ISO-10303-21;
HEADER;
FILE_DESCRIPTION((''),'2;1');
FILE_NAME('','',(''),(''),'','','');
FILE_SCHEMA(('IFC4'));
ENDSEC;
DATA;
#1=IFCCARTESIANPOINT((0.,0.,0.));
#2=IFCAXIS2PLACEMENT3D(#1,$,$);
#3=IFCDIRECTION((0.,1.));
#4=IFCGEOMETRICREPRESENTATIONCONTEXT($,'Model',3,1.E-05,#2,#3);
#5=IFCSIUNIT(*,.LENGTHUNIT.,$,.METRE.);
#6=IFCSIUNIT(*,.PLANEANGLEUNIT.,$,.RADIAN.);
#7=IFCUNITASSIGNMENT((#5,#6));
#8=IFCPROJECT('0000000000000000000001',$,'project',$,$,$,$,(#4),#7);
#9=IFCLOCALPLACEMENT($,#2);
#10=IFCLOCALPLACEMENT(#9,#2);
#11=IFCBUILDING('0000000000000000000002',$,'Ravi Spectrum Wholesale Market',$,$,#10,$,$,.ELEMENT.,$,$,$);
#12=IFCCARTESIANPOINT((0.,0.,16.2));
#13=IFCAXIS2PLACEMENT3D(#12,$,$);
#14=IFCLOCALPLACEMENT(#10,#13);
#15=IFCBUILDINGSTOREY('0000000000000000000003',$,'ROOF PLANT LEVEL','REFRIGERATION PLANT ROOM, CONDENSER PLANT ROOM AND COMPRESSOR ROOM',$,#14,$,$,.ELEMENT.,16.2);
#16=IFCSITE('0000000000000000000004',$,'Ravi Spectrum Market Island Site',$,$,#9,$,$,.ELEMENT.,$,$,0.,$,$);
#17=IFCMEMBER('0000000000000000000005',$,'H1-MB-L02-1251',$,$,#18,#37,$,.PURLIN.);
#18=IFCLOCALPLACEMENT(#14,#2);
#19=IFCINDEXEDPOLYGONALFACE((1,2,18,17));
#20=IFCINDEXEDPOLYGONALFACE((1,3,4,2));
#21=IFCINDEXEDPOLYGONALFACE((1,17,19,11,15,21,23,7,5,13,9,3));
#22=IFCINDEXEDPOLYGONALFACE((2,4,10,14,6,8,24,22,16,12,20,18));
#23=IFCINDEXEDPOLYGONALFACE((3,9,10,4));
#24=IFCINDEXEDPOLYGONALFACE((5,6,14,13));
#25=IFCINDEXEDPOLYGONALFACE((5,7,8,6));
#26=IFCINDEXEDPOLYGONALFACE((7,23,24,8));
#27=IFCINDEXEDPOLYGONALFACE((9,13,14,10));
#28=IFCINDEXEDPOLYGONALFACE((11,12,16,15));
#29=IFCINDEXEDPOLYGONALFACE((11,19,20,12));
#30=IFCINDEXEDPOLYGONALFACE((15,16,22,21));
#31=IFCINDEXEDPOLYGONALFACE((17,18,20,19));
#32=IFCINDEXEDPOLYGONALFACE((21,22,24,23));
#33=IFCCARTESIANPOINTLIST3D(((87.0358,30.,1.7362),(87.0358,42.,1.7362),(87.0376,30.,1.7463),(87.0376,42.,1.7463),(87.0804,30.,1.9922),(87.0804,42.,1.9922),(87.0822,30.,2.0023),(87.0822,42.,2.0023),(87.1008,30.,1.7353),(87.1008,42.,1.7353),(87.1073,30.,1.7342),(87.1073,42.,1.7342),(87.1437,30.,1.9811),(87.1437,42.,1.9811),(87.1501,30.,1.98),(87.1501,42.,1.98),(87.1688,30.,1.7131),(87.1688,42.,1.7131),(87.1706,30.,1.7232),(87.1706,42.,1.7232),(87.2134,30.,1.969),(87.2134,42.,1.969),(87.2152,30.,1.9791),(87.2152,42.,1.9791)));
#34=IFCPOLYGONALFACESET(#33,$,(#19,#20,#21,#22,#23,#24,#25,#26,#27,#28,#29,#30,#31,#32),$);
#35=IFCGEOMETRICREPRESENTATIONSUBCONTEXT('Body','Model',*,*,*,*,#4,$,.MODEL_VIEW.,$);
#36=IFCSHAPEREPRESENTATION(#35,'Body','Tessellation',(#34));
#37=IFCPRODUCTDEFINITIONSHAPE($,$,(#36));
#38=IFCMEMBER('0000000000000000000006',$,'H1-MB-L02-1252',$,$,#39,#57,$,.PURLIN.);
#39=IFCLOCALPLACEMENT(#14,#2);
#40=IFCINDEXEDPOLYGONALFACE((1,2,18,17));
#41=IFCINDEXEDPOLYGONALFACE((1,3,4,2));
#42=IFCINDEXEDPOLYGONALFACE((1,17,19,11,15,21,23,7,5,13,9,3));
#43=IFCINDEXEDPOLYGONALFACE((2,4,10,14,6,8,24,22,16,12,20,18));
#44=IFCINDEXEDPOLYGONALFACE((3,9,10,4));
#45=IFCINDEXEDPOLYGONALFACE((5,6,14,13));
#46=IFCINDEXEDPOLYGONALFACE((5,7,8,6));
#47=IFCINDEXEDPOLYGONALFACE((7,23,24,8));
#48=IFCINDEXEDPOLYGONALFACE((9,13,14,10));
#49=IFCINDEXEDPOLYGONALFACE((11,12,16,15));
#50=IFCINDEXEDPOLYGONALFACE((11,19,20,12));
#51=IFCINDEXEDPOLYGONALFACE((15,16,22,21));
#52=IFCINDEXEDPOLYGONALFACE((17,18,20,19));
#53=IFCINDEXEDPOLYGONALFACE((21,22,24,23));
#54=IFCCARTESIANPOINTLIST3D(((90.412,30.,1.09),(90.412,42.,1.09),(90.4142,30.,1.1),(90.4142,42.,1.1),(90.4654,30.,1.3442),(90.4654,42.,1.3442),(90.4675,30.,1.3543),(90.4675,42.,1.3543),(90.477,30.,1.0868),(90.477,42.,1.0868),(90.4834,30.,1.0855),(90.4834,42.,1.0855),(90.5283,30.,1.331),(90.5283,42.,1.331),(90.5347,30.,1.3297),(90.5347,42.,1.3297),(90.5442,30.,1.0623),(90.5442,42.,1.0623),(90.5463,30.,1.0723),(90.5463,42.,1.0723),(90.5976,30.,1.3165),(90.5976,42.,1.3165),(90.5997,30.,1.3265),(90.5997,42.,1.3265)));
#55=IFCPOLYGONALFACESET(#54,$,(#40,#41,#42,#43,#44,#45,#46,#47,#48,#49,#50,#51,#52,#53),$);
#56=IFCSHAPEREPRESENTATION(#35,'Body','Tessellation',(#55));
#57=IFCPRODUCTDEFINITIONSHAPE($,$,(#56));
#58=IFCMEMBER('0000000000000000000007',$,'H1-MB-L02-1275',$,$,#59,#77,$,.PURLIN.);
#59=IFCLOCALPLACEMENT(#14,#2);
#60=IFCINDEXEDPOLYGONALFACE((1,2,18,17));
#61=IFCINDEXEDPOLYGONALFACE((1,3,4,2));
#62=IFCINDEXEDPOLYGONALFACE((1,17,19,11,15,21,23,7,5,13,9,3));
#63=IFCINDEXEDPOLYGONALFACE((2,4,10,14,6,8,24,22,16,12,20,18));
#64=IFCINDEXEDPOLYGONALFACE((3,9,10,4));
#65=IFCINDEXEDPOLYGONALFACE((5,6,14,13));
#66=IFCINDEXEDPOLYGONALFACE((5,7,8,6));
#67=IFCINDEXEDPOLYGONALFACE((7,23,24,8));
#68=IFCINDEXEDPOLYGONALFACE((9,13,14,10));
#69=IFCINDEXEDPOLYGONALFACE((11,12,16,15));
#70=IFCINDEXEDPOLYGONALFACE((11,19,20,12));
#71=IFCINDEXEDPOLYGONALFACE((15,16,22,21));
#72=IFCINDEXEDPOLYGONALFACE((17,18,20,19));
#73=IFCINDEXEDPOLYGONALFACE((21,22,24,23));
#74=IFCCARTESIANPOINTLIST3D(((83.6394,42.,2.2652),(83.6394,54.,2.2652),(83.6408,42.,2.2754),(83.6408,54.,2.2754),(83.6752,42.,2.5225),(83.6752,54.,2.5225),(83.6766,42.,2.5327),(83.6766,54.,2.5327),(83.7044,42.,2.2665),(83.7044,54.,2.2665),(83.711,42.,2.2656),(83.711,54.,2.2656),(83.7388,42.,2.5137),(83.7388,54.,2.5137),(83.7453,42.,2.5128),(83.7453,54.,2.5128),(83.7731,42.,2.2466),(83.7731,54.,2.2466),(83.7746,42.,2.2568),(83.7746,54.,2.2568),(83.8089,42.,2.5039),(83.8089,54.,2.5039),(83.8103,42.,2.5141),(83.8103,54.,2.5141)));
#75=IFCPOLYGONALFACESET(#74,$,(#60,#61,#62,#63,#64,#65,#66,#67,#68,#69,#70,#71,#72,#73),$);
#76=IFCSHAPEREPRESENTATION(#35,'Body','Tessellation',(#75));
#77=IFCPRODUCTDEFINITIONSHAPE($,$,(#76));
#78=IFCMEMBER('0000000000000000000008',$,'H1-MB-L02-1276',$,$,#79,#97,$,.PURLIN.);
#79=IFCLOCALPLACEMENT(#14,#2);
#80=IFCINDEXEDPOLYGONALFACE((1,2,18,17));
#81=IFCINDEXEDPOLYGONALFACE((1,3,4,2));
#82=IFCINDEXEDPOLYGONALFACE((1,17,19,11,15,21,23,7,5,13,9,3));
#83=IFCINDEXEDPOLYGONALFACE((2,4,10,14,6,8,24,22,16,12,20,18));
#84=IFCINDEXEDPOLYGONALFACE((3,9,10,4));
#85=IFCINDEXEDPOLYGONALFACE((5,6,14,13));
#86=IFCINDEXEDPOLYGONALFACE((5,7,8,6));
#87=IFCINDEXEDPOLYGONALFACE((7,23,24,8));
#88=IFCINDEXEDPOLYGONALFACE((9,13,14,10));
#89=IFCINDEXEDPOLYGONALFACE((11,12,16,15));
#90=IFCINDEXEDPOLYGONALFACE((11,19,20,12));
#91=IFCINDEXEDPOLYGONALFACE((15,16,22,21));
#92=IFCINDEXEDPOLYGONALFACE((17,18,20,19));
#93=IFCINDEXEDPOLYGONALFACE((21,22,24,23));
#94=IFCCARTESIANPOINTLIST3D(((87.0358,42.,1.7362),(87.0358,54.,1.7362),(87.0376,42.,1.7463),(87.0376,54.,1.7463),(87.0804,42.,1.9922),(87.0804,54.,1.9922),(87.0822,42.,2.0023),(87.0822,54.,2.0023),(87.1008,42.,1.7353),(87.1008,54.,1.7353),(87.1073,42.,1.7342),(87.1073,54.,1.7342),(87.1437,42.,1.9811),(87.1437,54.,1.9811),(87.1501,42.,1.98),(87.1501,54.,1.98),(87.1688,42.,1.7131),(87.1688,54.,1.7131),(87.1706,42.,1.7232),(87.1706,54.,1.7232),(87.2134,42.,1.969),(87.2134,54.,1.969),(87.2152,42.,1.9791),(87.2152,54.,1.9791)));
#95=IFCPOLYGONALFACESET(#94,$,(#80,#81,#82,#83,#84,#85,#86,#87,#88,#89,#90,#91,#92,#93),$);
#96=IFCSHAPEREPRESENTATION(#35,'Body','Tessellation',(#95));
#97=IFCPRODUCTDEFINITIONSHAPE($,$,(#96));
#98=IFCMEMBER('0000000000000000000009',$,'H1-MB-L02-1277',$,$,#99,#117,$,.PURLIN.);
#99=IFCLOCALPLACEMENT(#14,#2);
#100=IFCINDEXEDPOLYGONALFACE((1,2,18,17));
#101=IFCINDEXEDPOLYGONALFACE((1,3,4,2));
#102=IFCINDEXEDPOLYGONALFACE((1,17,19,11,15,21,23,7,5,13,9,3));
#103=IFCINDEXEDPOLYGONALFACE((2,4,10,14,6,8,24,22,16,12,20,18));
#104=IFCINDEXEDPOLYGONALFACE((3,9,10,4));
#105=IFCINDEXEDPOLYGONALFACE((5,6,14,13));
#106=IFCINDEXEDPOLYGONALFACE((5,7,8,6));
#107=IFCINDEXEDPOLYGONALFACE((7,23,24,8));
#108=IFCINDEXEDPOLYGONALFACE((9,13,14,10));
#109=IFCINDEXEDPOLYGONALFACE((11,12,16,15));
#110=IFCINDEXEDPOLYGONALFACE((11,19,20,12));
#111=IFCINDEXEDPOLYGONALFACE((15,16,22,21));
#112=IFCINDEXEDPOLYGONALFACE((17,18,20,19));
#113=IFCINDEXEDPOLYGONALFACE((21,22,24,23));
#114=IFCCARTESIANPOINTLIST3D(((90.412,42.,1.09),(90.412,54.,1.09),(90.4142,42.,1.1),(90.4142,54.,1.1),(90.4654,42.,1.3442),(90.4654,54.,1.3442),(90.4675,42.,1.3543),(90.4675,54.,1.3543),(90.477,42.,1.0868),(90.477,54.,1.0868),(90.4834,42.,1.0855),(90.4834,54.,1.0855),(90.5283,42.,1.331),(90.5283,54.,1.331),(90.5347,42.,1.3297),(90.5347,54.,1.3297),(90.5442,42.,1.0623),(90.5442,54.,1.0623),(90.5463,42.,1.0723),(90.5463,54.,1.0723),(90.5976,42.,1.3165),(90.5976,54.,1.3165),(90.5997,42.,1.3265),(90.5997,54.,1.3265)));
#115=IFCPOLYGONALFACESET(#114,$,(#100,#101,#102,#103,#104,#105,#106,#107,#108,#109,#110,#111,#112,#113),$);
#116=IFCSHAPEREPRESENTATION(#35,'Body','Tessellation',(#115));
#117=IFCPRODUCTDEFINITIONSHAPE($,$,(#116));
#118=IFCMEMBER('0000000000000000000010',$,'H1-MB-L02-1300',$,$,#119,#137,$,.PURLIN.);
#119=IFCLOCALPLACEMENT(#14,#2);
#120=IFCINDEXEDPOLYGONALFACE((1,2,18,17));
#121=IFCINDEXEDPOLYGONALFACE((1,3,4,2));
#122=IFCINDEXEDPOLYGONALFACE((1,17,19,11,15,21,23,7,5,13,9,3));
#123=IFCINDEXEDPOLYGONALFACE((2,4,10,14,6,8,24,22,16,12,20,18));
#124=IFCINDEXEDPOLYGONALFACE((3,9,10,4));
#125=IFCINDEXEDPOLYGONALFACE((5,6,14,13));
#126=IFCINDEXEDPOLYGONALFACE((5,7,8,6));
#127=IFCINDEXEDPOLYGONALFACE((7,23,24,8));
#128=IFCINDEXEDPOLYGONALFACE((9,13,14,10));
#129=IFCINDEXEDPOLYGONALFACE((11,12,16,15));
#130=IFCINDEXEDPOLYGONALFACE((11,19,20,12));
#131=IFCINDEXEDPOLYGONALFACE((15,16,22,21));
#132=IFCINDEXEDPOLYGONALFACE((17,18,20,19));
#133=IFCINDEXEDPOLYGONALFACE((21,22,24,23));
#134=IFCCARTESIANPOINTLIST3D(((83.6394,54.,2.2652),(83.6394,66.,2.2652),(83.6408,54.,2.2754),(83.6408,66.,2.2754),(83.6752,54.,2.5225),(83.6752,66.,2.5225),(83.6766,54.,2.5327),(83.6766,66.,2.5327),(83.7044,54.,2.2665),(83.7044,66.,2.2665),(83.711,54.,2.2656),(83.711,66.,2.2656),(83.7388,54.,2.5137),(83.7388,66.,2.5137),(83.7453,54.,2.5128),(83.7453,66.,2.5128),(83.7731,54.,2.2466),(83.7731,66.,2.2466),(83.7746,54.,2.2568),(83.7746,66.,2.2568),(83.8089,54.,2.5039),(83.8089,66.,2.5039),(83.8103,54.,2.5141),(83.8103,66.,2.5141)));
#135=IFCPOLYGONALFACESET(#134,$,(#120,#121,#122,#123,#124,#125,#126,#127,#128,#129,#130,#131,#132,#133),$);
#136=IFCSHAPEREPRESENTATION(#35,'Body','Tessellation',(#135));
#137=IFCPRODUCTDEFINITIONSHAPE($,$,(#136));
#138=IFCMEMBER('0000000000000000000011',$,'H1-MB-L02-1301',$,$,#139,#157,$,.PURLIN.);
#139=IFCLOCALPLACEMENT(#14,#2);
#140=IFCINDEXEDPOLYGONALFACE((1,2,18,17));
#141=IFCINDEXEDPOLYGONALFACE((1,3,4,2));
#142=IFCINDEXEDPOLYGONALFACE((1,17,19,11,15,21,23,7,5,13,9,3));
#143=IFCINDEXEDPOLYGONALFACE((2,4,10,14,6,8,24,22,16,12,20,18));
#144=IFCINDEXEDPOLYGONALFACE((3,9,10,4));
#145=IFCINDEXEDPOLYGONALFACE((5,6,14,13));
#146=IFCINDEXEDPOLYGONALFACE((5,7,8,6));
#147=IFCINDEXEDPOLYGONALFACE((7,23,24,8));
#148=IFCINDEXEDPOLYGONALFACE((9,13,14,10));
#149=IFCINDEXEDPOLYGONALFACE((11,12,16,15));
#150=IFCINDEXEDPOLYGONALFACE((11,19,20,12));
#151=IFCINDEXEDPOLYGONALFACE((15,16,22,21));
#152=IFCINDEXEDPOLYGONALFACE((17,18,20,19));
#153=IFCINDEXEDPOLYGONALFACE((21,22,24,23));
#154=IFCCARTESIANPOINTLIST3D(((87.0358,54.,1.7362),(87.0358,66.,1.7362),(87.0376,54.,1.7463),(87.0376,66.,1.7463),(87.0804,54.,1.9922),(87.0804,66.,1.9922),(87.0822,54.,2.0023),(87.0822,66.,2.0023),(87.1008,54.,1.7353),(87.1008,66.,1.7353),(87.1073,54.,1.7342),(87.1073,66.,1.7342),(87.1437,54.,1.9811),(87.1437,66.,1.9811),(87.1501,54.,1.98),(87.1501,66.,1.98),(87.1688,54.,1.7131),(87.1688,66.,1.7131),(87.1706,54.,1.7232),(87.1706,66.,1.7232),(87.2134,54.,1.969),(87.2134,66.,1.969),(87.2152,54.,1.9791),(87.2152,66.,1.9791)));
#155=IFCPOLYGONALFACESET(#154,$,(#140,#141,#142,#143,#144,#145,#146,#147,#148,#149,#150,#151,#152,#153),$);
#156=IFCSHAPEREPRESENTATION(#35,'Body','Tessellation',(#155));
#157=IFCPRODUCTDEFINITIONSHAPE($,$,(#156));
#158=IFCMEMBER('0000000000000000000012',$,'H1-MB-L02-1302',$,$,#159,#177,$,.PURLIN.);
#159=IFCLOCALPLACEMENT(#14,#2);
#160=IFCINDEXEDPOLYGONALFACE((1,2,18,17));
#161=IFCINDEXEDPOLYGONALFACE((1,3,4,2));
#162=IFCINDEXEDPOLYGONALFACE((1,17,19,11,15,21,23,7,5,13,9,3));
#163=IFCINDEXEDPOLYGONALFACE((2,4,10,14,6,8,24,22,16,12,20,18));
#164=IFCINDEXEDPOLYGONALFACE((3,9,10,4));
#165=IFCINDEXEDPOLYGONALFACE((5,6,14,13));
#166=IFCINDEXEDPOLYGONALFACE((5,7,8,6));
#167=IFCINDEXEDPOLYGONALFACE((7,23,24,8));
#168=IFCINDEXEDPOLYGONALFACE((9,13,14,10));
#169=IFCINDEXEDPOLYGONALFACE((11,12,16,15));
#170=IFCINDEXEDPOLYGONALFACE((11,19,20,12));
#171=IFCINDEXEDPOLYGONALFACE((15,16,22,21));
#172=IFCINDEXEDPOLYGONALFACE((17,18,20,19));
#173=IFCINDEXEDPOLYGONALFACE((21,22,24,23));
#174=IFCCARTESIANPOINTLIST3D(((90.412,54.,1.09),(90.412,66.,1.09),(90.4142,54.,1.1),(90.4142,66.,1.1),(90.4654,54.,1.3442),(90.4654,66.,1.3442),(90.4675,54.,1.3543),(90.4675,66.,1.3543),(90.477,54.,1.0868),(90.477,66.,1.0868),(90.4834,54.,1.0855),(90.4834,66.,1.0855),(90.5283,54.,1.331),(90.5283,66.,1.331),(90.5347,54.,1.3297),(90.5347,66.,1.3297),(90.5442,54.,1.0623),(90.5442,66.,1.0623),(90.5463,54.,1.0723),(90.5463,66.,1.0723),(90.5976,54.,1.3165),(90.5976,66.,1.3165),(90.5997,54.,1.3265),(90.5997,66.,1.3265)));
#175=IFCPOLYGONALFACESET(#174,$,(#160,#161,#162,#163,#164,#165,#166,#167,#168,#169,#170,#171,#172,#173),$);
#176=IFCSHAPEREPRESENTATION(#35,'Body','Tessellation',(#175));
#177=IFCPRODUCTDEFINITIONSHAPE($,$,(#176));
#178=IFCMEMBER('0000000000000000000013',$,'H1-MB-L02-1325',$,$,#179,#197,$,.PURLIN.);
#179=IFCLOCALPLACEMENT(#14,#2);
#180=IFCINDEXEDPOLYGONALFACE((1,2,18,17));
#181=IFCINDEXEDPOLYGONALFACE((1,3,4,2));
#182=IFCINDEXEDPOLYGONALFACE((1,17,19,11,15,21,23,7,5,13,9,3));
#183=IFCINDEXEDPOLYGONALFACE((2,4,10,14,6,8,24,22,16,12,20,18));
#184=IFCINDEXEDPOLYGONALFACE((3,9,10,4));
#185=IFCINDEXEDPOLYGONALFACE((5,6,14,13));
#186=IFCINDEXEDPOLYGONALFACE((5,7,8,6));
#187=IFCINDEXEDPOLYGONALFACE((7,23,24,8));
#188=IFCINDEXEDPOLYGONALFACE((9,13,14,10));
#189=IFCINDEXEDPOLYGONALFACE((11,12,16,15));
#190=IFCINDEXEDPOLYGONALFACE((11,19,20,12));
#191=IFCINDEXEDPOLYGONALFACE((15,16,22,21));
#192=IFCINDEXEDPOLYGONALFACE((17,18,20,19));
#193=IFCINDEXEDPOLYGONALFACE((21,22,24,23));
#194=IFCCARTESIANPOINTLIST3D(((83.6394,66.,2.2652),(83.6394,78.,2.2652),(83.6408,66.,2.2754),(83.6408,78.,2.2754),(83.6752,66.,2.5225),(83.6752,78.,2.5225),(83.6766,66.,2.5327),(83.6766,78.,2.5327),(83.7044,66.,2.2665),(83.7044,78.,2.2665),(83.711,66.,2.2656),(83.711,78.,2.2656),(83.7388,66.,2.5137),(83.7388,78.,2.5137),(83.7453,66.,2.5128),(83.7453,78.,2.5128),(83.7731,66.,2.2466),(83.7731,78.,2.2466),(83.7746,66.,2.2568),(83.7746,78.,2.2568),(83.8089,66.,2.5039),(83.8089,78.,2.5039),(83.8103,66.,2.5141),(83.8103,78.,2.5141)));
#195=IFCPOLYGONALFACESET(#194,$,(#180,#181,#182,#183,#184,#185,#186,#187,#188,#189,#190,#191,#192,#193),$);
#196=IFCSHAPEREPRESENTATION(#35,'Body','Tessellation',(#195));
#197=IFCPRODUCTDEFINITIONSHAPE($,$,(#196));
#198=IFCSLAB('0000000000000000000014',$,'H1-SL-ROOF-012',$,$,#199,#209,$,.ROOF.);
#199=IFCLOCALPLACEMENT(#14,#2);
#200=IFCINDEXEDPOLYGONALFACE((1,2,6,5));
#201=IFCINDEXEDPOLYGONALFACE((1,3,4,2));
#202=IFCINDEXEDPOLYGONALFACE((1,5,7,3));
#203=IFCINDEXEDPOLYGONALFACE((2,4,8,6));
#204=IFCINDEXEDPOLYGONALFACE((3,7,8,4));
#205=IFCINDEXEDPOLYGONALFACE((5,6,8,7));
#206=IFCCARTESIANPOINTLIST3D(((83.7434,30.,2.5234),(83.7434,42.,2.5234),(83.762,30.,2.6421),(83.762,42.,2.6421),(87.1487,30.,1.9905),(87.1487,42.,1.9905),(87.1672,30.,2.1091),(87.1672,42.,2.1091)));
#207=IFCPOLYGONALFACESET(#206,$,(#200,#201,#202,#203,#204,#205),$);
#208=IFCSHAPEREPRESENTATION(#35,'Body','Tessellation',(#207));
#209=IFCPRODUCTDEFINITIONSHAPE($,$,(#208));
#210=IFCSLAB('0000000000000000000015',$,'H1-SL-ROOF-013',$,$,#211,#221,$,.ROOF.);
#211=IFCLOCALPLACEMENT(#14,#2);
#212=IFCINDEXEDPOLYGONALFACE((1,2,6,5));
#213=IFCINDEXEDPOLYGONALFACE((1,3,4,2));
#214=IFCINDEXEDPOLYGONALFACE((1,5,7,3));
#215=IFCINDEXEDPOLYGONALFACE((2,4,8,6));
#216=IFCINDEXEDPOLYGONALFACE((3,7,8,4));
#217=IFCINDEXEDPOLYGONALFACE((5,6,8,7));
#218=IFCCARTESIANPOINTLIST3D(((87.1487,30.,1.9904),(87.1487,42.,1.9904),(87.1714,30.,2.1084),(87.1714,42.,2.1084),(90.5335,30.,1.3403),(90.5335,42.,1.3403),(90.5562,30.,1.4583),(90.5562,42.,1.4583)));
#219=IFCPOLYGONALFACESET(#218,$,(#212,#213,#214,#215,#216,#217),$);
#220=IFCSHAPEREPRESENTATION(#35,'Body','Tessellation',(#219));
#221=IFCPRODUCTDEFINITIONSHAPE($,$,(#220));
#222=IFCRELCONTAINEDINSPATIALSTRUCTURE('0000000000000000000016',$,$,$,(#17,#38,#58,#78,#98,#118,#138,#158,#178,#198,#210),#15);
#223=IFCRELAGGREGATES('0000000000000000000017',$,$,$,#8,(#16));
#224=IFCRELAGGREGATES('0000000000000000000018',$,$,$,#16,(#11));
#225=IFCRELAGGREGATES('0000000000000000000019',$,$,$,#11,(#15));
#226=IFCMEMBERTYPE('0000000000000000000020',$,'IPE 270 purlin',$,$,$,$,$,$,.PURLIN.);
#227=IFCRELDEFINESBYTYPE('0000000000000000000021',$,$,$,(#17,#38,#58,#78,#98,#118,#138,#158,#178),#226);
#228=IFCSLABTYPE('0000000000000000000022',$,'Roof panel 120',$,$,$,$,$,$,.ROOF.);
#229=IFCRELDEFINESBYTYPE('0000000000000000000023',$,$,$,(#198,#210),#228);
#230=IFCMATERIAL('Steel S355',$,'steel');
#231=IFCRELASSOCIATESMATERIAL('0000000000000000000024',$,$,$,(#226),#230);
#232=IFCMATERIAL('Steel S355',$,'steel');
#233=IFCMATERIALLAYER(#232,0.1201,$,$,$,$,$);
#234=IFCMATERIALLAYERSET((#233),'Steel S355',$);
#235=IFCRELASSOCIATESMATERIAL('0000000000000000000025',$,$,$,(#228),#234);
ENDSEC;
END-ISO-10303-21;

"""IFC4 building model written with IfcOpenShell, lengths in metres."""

from ifc_helpers import new_model, si_unit, direction, frame, origin, origin_2d, place, context, subcontext, project, spatial, polyline, i_section, outline, extrude, material, layer, layer_set, material_profile, profile_set, type_object, element, save


model = new_model("IFC4")

# Units and contexts
model_context = context("Model", 3, precision=1e-05, world=origin(), true_north=direction((0.0, 1.0)))
body_context = subcontext(model_context, "Body", "Model", "MODEL_VIEW")
ifc_project = project(units=[si_unit("LENGTHUNIT", "METRE"), si_unit("PLANEANGLEUNIT", "RADIAN")], contexts=[model_context])

# Site, building, storey
site_placement = place(None, origin())
site = spatial("IfcSite", under=ifc_project, at=site_placement, Name="Ravi Spectrum Market Island Site", CompositionType="ELEMENT", RefElevation=0.0)
building_placement = place(site_placement, origin())
building = spatial("IfcBuilding", under=site, at=building_placement, Name="Ravi Spectrum Wholesale Market", CompositionType="ELEMENT")
storey_placement = place(building_placement, frame((0.0, 0.0, 16.2)))
storey = spatial("IfcBuildingStorey", under=building, at=storey_placement, Name="ROOF PLANT LEVEL", Description="REFRIGERATION PLANT ROOM, CONDENSER PLANT ROOM AND COMPRESSOR ROOM", CompositionType="ELEMENT", Elevation=16.2)

# Members
ifc_material_1 = material(Name="Steel S355", Category="steel")
ifc_material_profile_1 = material_profile(ifc_material_1, i_section(OverallWidth=0.135, OverallDepth=0.27, WebThickness=0.0066, FlangeThickness=0.0103, at=origin_2d()))
ifc_profile_set_1 = profile_set([ifc_material_profile_1], Name="Steel S355")
member_type_1 = type_object("IfcMemberType", Name="IPE 270 purlin", PredefinedType="PURLIN", material=ifc_profile_set_1)
for number, where, z_axis, x_axis, name in (
    (1, (87.1255, 30.0, 1.8577), (0.0, 1.0, 0.0), (-0.98516, 0.0, 0.171639), "H1-MB-L02-1251"),
    (2, (90.5059, 30.0, 1.2083), (0.0, 1.0, 0.0), (-0.978653, 0.0, 0.205517), "H1-MB-L02-1252"),
    (3, (83.7249, 42.0, 2.3896), (0.0, 1.0, 0.0), (-0.990494, 0.0, 0.137557), "H1-MB-L02-1275"),
    (4, (87.1255, 42.0, 1.8577), (0.0, 1.0, 0.0), (-0.98516, 0.0, 0.171639), "H1-MB-L02-1276"),
    (5, (90.5059, 42.0, 1.2083), (0.0, 1.0, 0.0), (-0.978653, 0.0, 0.205517), "H1-MB-L02-1277"),
    (6, (83.7249, 54.0, 2.3896), (0.0, 1.0, 0.0), (-0.990494, 0.0, 0.137557), "H1-MB-L02-1300"),
    (7, (87.1255, 54.0, 1.8577), (0.0, 1.0, 0.0), (-0.98516, 0.0, 0.171639), "H1-MB-L02-1301"),
    (8, (90.5059, 54.0, 1.2083), (0.0, 1.0, 0.0), (-0.978653, 0.0, 0.205517), "H1-MB-L02-1302"),
    (9, (83.7249, 66.0, 2.3896), (0.0, 1.0, 0.0), (-0.990494, 0.0, 0.137557), "H1-MB-L02-1325"),
):
    element("IfcMember", number, at=place(storey_placement, frame(where, z_axis=z_axis, x_axis=x_axis)), inside=storey, type_object=member_type_1, Name=name, PredefinedType="PURLIN", context=body_context, shape_type="SweptSolid", body=[
        extrude(i_section(OverallWidth=0.135, OverallDepth=0.27, WebThickness=0.0066, FlangeThickness=0.0103, at=origin_2d()), origin(), (0.0, 0.0, 1.0), 12.0),
    ])

# Slabs
ifc_material_2 = material(Name="Steel S355", Category="steel")
ifc_layer_1 = layer(ifc_material_2, 0.1201)
ifc_layer_set_1 = layer_set([ifc_layer_1], Name="Steel S355")
slab_type = type_object("IfcSlabType", Name="Roof panel 120", PredefinedType="ROOF", material=ifc_layer_set_1)
slab_1_placement = place(storey_placement, frame((83.762, 30.0, 2.6421), z_axis=(0.154628, 0.0, 0.987973), x_axis=(0.987973, 0.0, -0.154628)))
element("IfcSlab", 10, at=slab_1_placement, inside=storey, type_object=slab_type, Name="H1-SL-ROOF-012", PredefinedType="ROOF", context=body_context, shape_type="SweptSolid", body=[
    extrude(outline(polyline([(0.0, 0.0), (3.4467, 0.0), (3.4467, 12.0), (0.0, 12.0), (0.0, 0.0)])), origin(), (0.0, 0.0, -1.0), 0.1201),
])
slab_2_placement = place(storey_placement, frame((87.1714, 30.0, 2.1084), z_axis=(0.188632, 0.0, 0.982048), x_axis=(0.982048, 0.0, -0.188632)))
element("IfcSlab", 11, at=slab_2_placement, inside=storey, type_object=slab_type, Name="H1-SL-ROOF-013", PredefinedType="ROOF", context=body_context, shape_type="SweptSolid", body=[
    extrude(outline(polyline([(0.0, 0.0), (3.4466, 0.0), (3.4466, 12.0), (0.0, 12.0), (0.0, 0.0)])), origin(), (0.0, 0.0, -1.0), 0.1201),
])

save(model, "model.ifc")
